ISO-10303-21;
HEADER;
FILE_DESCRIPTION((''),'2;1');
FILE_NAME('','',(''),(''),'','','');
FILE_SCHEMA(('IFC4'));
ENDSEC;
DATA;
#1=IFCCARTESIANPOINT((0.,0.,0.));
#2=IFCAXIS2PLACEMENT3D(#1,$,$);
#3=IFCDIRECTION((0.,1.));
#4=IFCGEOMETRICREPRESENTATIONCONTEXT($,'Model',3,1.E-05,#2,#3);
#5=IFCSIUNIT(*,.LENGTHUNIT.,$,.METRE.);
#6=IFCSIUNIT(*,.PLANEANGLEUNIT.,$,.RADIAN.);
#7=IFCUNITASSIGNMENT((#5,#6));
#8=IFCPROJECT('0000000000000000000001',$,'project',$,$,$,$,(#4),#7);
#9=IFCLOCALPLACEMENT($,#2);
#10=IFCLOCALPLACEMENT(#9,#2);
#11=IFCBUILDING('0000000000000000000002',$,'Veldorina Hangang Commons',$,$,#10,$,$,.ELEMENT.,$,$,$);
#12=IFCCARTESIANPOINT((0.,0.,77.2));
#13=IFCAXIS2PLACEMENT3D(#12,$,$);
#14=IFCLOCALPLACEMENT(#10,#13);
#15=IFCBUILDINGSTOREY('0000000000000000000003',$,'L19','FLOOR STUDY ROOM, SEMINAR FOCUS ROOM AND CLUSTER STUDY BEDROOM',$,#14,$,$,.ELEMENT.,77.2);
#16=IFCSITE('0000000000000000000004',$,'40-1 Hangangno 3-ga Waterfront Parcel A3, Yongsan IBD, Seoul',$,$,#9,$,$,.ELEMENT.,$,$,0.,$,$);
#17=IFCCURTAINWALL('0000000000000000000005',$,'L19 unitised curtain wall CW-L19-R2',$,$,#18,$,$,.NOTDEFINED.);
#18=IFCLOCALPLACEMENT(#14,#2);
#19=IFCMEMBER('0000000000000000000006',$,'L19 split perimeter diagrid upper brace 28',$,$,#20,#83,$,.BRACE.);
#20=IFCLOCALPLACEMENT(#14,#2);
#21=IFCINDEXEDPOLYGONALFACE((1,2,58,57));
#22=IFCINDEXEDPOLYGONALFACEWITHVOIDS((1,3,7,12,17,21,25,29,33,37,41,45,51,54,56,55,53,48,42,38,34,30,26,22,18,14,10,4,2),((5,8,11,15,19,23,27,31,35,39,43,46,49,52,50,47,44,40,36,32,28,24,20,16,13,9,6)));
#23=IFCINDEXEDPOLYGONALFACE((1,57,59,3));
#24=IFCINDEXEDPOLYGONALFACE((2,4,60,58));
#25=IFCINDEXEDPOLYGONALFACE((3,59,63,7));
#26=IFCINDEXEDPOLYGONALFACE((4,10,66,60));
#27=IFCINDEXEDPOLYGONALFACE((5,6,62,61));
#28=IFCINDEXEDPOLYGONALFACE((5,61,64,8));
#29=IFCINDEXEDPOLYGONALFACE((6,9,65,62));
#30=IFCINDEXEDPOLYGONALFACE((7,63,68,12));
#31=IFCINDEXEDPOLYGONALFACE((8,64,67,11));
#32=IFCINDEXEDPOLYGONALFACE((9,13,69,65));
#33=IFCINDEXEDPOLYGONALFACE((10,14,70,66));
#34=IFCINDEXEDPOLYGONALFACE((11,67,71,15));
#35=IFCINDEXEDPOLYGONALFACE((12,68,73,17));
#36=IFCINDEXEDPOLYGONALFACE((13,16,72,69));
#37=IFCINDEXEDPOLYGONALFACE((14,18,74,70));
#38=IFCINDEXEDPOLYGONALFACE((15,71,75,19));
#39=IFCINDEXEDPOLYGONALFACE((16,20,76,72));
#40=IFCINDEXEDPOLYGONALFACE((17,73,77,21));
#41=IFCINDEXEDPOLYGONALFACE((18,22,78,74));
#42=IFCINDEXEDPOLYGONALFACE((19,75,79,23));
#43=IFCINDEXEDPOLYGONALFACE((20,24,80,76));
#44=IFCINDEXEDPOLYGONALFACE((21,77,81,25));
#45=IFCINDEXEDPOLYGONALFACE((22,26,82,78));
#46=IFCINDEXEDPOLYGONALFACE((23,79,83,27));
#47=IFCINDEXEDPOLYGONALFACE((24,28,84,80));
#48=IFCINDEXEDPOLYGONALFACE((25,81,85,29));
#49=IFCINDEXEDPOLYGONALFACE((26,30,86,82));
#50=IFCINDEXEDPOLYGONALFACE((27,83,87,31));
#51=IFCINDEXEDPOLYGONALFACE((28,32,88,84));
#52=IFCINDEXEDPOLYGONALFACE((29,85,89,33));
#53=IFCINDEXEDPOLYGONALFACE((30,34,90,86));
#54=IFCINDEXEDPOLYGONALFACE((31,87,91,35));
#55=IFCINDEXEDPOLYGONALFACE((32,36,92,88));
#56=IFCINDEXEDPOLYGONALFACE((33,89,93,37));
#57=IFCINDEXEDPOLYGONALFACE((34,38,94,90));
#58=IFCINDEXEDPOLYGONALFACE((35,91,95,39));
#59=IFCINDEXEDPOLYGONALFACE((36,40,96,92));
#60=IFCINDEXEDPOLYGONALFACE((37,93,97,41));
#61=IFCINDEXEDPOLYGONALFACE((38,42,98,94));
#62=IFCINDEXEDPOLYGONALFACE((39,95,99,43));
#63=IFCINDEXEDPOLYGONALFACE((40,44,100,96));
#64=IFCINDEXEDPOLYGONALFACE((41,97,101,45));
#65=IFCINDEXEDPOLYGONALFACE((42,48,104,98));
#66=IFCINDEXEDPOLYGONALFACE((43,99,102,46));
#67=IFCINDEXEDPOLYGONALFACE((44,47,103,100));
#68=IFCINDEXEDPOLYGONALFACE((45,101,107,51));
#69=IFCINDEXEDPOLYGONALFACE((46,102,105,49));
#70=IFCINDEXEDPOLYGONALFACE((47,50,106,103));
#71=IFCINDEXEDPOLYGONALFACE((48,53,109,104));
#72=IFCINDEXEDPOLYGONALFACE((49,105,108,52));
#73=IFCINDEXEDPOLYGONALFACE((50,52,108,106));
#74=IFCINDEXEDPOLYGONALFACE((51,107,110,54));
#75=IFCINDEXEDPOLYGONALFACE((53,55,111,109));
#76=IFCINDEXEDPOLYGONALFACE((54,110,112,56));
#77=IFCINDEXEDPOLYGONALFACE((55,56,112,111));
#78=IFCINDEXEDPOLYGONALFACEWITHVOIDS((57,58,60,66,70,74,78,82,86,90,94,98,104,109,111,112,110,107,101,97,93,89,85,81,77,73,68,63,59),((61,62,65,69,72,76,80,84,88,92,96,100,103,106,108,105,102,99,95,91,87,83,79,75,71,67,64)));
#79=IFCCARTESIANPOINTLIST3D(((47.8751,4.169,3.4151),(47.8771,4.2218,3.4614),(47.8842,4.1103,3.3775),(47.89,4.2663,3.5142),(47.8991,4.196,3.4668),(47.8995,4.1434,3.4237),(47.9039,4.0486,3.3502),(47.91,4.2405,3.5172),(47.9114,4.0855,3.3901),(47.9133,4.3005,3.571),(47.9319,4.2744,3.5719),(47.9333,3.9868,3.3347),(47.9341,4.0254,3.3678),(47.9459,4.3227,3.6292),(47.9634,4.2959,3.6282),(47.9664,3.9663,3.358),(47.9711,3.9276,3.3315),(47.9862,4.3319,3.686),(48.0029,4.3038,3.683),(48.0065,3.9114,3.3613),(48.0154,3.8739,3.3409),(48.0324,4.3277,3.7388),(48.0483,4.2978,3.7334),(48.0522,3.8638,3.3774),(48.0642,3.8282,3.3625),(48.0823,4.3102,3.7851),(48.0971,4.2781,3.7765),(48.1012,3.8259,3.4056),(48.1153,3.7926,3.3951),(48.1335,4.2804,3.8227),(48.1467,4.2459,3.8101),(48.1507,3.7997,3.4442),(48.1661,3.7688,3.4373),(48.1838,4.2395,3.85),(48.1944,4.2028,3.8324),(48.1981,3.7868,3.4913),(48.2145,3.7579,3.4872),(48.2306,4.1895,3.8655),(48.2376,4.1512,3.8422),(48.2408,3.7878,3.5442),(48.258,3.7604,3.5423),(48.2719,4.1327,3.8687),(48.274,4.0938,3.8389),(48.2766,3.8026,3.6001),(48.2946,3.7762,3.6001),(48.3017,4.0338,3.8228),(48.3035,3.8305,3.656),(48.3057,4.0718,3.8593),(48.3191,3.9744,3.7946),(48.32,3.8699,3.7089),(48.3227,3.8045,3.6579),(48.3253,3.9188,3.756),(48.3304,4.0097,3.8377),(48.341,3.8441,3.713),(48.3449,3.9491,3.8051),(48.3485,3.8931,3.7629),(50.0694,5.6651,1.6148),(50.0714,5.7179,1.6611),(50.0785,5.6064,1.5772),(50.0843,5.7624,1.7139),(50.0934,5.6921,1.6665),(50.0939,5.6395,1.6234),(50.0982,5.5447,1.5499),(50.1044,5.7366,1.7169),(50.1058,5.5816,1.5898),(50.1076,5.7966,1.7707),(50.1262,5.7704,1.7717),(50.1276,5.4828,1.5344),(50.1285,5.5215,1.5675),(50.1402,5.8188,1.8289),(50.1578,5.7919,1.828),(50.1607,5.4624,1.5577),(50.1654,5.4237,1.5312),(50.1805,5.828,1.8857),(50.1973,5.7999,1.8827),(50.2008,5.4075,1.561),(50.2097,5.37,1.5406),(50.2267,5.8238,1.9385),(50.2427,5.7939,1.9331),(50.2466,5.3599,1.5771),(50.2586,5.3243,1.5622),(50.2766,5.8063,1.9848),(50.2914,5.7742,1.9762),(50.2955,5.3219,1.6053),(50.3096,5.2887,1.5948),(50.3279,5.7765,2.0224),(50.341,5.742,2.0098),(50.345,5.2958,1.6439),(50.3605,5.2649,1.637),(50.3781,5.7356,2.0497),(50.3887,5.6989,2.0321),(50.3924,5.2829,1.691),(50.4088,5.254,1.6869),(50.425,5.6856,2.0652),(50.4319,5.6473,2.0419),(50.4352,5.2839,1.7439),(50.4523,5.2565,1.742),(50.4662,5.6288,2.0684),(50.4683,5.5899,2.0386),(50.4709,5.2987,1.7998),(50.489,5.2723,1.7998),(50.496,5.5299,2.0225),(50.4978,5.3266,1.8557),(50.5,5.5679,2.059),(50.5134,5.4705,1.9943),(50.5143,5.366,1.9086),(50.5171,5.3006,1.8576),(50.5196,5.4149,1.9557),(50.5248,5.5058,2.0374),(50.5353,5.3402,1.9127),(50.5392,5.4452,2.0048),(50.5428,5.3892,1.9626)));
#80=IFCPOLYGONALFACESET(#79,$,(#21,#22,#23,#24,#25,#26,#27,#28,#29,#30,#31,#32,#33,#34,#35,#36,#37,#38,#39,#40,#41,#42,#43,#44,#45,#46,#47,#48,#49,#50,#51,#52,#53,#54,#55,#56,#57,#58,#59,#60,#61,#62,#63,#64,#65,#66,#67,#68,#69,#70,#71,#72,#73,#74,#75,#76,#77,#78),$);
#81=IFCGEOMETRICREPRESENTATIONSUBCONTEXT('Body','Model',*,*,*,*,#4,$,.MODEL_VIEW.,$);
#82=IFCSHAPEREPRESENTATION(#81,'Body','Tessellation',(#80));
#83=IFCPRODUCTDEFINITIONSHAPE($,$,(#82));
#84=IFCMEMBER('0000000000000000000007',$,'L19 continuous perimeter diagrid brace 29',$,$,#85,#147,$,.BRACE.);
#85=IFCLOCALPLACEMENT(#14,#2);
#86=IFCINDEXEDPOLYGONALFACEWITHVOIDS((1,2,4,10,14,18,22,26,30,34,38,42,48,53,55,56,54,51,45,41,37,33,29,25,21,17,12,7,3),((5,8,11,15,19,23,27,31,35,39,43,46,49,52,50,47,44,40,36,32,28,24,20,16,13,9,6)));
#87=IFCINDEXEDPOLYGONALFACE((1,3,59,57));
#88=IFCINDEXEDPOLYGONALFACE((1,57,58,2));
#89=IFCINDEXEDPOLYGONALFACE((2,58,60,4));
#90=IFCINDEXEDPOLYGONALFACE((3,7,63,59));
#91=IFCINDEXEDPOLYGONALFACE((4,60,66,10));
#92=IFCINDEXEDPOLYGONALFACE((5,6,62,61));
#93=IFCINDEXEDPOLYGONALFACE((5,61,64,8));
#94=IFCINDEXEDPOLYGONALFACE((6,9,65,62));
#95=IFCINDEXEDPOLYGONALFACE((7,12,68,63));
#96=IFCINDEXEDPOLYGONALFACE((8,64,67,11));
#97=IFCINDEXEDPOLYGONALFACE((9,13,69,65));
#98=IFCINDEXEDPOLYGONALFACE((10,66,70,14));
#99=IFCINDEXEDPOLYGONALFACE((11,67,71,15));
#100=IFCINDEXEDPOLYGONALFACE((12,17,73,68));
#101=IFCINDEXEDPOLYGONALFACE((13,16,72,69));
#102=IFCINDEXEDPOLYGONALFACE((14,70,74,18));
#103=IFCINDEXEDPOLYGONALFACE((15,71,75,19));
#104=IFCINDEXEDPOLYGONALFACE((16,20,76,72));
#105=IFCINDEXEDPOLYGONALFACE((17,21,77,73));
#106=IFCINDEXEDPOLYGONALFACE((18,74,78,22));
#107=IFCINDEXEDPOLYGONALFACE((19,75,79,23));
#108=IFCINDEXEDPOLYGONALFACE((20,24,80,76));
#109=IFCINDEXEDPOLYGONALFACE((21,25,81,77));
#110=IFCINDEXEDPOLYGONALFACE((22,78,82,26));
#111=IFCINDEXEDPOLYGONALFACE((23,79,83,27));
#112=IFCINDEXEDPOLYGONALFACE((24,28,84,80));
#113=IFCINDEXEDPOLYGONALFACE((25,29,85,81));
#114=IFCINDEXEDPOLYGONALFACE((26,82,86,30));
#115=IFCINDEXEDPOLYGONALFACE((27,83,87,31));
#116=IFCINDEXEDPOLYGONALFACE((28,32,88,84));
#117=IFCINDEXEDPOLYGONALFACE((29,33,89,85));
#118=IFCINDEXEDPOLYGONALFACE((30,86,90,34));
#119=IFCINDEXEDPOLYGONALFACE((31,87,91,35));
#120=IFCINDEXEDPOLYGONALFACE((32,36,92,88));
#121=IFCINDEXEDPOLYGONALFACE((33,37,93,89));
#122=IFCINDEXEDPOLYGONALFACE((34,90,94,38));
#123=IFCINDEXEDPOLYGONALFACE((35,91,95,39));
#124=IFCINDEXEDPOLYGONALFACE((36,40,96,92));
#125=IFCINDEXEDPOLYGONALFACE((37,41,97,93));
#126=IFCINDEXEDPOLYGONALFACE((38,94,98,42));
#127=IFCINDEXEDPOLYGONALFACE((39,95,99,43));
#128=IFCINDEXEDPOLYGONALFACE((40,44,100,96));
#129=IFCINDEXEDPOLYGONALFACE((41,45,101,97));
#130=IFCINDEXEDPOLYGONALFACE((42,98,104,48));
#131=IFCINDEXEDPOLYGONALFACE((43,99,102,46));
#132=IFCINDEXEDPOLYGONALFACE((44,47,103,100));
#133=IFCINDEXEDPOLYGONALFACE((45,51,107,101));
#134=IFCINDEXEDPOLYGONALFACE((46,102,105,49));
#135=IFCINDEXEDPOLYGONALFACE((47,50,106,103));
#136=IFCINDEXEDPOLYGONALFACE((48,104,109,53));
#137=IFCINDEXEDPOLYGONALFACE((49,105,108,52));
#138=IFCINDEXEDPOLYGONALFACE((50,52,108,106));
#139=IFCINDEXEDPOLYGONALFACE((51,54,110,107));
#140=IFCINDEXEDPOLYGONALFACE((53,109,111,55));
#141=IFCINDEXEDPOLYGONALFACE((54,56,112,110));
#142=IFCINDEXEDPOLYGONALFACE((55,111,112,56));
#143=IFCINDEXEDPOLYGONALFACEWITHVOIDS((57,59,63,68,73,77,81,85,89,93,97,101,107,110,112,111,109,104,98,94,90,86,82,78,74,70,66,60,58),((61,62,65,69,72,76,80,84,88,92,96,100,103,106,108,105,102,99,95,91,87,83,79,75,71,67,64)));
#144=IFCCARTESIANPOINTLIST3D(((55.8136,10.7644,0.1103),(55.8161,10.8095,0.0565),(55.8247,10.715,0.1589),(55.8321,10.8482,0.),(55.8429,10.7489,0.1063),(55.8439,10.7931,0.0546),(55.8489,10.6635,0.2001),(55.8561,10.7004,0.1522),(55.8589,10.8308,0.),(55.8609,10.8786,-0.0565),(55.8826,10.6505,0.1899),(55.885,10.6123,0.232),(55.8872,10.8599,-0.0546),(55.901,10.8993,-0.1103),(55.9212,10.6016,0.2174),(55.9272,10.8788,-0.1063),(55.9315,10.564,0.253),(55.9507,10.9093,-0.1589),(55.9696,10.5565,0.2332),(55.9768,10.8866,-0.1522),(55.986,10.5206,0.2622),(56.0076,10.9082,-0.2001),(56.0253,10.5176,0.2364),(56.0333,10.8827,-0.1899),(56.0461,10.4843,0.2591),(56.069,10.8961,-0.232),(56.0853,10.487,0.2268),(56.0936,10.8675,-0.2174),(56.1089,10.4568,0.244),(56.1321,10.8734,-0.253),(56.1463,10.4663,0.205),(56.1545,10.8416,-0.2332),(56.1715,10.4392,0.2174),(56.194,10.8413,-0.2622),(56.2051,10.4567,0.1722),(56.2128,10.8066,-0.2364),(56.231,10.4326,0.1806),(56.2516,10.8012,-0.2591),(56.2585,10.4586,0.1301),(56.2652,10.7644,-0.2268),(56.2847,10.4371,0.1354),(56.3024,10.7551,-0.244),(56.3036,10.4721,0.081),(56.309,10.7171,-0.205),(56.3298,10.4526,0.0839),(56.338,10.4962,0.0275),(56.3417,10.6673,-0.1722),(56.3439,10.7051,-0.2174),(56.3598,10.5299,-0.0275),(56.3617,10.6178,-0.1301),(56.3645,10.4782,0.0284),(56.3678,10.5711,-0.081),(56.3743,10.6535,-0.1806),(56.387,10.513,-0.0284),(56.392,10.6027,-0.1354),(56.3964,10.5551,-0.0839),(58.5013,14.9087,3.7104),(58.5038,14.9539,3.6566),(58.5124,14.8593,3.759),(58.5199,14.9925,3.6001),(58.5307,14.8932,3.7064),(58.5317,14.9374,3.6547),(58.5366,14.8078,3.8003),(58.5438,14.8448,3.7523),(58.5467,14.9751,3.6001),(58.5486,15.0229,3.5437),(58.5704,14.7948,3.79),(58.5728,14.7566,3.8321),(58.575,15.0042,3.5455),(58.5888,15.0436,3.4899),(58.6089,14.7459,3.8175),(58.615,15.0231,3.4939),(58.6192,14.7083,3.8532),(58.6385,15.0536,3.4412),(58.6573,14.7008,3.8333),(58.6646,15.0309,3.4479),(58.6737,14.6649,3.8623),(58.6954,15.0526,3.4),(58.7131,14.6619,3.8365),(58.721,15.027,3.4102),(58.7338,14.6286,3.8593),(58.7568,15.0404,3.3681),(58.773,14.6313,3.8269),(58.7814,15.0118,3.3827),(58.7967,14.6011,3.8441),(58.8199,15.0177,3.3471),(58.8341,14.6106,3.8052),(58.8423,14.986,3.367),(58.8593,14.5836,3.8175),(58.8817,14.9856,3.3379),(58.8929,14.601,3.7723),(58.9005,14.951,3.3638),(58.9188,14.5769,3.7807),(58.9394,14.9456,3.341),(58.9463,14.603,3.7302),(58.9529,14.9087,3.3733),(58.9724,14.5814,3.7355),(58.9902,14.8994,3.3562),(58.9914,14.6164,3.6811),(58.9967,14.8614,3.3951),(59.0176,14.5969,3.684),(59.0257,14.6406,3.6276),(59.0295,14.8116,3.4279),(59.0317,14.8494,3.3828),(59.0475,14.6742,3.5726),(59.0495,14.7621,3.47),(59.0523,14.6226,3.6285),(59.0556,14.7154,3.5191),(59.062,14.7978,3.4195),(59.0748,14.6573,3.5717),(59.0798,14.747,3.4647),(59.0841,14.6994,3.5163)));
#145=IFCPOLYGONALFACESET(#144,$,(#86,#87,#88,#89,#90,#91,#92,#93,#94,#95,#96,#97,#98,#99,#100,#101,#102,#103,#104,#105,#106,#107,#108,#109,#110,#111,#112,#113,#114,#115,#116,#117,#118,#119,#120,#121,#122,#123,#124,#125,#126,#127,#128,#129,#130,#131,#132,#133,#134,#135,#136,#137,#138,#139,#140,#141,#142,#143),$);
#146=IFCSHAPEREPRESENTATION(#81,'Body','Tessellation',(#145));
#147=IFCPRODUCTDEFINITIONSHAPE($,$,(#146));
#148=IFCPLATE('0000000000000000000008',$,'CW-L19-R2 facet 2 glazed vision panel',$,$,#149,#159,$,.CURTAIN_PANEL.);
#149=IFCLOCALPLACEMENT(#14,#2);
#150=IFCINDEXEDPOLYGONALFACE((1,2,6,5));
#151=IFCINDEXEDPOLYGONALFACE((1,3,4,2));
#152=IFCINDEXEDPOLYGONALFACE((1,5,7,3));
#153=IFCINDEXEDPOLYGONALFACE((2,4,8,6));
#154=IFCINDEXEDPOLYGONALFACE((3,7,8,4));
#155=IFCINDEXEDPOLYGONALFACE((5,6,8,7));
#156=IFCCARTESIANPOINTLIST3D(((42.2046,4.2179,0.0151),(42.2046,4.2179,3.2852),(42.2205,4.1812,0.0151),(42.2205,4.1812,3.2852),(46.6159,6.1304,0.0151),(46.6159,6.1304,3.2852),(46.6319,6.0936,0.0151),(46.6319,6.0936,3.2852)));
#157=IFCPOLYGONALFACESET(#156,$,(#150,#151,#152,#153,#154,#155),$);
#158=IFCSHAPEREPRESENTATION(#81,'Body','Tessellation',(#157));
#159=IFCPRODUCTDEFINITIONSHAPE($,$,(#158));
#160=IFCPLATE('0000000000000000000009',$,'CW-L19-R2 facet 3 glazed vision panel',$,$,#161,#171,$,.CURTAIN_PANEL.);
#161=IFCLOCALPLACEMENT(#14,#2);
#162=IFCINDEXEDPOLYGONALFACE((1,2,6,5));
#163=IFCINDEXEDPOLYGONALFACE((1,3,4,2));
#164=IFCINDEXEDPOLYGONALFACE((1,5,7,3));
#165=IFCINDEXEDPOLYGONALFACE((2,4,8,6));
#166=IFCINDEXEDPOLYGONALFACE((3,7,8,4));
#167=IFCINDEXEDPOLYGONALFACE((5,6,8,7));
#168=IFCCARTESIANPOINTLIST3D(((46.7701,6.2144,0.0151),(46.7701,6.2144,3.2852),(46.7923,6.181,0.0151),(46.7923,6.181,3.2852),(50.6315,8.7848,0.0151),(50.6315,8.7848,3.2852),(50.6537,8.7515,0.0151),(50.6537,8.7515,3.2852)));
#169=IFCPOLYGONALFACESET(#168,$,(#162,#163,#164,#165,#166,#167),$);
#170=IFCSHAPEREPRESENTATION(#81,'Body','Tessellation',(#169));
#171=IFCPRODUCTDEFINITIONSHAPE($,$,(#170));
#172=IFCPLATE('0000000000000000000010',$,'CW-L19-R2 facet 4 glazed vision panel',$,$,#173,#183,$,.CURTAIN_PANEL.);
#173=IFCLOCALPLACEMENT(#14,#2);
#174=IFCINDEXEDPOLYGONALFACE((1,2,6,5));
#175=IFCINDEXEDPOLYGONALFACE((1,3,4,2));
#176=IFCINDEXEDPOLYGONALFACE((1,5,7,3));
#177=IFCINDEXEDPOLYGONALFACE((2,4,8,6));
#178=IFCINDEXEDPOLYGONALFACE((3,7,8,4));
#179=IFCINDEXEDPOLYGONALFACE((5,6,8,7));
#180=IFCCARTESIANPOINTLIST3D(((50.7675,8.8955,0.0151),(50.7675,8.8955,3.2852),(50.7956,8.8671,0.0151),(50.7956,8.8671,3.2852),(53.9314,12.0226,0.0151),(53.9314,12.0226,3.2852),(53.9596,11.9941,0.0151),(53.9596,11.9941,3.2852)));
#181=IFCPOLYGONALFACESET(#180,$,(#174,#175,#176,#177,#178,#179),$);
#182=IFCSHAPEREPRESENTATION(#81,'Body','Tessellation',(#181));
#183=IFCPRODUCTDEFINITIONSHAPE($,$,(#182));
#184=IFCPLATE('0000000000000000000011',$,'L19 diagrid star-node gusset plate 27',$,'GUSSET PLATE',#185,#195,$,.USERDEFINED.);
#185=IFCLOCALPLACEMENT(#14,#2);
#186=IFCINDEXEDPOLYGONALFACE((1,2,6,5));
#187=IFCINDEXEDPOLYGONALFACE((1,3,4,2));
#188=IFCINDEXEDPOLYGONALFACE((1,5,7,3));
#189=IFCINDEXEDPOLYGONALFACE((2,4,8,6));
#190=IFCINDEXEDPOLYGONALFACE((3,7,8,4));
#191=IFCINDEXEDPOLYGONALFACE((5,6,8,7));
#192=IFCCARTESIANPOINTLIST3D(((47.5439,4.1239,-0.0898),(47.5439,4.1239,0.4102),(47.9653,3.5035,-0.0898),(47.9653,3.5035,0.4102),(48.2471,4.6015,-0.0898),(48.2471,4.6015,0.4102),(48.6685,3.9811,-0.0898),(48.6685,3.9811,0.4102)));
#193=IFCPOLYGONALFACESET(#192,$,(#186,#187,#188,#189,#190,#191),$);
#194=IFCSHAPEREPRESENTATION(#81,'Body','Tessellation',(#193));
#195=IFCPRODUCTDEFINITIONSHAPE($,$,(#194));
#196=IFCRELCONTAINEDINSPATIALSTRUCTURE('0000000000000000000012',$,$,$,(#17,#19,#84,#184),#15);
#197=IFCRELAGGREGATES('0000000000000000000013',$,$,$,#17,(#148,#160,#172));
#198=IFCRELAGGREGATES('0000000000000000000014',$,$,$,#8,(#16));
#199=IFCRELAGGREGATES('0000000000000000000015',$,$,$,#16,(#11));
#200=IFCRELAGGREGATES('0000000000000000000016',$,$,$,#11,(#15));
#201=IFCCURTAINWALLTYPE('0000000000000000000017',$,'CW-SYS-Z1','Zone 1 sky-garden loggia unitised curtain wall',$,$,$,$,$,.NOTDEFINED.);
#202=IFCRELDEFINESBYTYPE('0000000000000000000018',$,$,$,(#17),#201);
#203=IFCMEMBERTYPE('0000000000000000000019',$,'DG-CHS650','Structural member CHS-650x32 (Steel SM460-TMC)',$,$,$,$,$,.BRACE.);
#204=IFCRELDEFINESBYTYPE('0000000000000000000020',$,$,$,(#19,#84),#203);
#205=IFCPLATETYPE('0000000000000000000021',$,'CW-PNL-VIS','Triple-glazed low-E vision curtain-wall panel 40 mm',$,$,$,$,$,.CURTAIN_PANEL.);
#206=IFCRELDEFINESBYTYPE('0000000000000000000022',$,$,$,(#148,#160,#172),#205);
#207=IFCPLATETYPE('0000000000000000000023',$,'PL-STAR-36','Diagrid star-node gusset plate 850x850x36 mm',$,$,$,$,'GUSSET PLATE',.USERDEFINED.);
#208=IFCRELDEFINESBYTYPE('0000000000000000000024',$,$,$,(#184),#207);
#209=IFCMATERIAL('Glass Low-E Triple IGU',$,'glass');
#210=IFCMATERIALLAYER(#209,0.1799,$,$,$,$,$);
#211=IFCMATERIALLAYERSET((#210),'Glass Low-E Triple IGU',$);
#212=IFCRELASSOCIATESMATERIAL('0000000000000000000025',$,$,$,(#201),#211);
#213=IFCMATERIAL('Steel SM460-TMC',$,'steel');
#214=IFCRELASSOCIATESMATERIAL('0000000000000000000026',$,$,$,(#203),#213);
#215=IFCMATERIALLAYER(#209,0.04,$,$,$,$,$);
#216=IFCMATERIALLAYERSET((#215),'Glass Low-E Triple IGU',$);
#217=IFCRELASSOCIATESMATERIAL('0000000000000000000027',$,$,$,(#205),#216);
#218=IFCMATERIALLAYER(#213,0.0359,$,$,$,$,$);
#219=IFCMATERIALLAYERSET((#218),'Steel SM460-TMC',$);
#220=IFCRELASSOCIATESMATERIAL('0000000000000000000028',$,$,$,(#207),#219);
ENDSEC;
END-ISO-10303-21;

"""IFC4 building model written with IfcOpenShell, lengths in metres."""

from ifc_helpers import new_model, si_unit, direction, frame, origin, origin_2d, place, context, subcontext, project, spatial, rectangle, hollow_circle, extrude, material, layer, layer_set, material_profile, profile_set, type_object, element, aggregate, save


model = new_model("IFC4")

# Units and contexts
model_context = context("Model", 3, precision=1e-05, world=origin(), true_north=direction((0.0, 1.0)))
body_context = subcontext(model_context, "Body", "Model", "MODEL_VIEW")
ifc_project = project(units=[si_unit("LENGTHUNIT", "METRE"), si_unit("PLANEANGLEUNIT", "RADIAN")], contexts=[model_context])

# Site, building, storey
site_placement = place(None, origin())
site = spatial("IfcSite", under=ifc_project, at=site_placement, Name="40-1 Hangangno 3-ga Waterfront Parcel A3, Yongsan IBD, Seoul", CompositionType="ELEMENT", RefElevation=0.0)
building_placement = place(site_placement, origin())
building = spatial("IfcBuilding", under=site, at=building_placement, Name="Veldorina Hangang Commons", CompositionType="ELEMENT")
storey_placement = place(building_placement, frame((0.0, 0.0, 77.2)))
storey = spatial("IfcBuildingStorey", under=building, at=storey_placement, Name="L19", Description="FLOOR STUDY ROOM, SEMINAR FOCUS ROOM AND CLUSTER STUDY BEDROOM", CompositionType="ELEMENT", Elevation=77.2)

# Curtain wall
ifc_material_1 = material(Name="Glass Low-E Triple IGU", Category="glass")
ifc_layer_1 = layer(ifc_material_1, 0.1799)
ifc_layer_set_1 = layer_set([ifc_layer_1], Name="Glass Low-E Triple IGU")
curtain_wall_type = type_object("IfcCurtainWallType", Name="CW-SYS-Z1", Description="Zone 1 sky-garden loggia unitised curtain wall", PredefinedType="NOTDEFINED", material=ifc_layer_set_1)
curtain_wall_placement = place(storey_placement, origin())
curtain_wall = element("IfcCurtainWall", 1, at=curtain_wall_placement, inside=storey, type_object=curtain_wall_type, Name="L19 unitised curtain wall CW-L19-R2", PredefinedType="NOTDEFINED")

# Members
ifc_material_2 = material(Name="Steel SM460-TMC", Category="steel")
ifc_material_profile_1 = material_profile(ifc_material_2, hollow_circle(Radius=0.325, WallThickness=0.032, at=origin_2d()), Name="CHS-650x32")
ifc_profile_set_1 = profile_set([ifc_material_profile_1], Name="Steel SM460-TMC")
member_type_1 = type_object("IfcMemberType", Name="DG-CHS650", Description="Structural member CHS-650x32 (Steel SM460-TMC)", PredefinedType="BRACE", material=ifc_profile_set_1)
member_1_placement = place(storey_placement, frame((50.3059, 5.5408, 1.7998), z_axis=(-0.683914, -0.466291, 0.561101), x_axis=(0.563325, -0.826235, 0.0)))
element("IfcMember", 2, at=member_1_placement, inside=storey, type_object=member_type_1, Name="L19 split perimeter diagrid upper brace 28", PredefinedType="BRACE", context=body_context, shape_type="SweptSolid", body=[
    extrude(hollow_circle(Radius=0.325, WallThickness=0.032, at=origin_2d()), origin(), (0.0, 0.0, 1.0), 3.2085),
])
member_2_placement = place(storey_placement, frame((56.1047, 10.6714, 0.0), z_axis=(0.43973, 0.678028, 0.588996), x_axis=(-0.839002, 0.544128, 0.0)))
element("IfcMember", 3, at=member_2_placement, inside=storey, type_object=member_type_1, Name="L19 continuous perimeter diagrid brace 29", PredefinedType="BRACE", context=body_context, shape_type="SweptSolid", body=[
    extrude(hollow_circle(Radius=0.325, WallThickness=0.032, at=origin_2d()), origin(), (0.0, 0.0, 1.0), 6.1123),
])

# Plates
ifc_layer_2 = layer(ifc_material_1, 0.04)
ifc_layer_set_2 = layer_set([ifc_layer_2], Name="Glass Low-E Triple IGU")
plate_type_1 = type_object("IfcPlateType", Name="CW-PNL-VIS", Description="Triple-glazed low-E vision curtain-wall panel 40 mm", PredefinedType="CURTAIN_PANEL", material=ifc_layer_set_2)
plate_1_placement = place(storey_placement, frame((44.4182, 5.1558, 0.0151), z_axis=(0.0, 0.0, 1.0), x_axis=(0.917491, 0.397756, 0.0)))
plate_1 = element("IfcPlate", 4, at=plate_1_placement, type_object=plate_type_1, Name="CW-L19-R2 facet 2 glazed vision panel", PredefinedType="CURTAIN_PANEL", context=body_context, shape_type="SweptSolid", body=[
    extrude(rectangle(XDim=4.8081, YDim=0.04, at=origin_2d()), origin(), (0.0, 0.0, 1.0), 3.27),
])
plate_2_placement = place(storey_placement, frame((48.7119, 7.4829, 0.0151), z_axis=(0.0, 0.0, 1.0), x_axis=(0.832428, 0.554133, 0.0)))
plate_2 = element("IfcPlate", 5, at=plate_2_placement, type_object=plate_type_1, Name="CW-L19-R2 facet 3 glazed vision panel", PredefinedType="CURTAIN_PANEL", context=body_context, shape_type="SweptSolid", body=[
    extrude(rectangle(XDim=4.6387, YDim=0.04, at=origin_2d()), origin(), (0.0, 0.0, 1.0), 3.27),
])
plate_3_placement = place(storey_placement, frame((52.3635, 10.4448, 0.0151), z_axis=(0.0, 0.0, 1.0), x_axis=(0.711241, 0.702948, 0.0)))
plate_3 = element("IfcPlate", 6, at=plate_3_placement, type_object=plate_type_1, Name="CW-L19-R2 facet 4 glazed vision panel", PredefinedType="CURTAIN_PANEL", context=body_context, shape_type="SweptSolid", body=[
    extrude(rectangle(XDim=4.4485, YDim=0.04, at=origin_2d()), origin(), (0.0, 0.0, 1.0), 3.27),
])
aggregate(curtain_wall, [plate_1, plate_2, plate_3])

# Plate
ifc_layer_3 = layer(ifc_material_2, 0.0359)
ifc_layer_set_3 = layer_set([ifc_layer_3], Name="Steel SM460-TMC")
plate_type_2 = type_object("IfcPlateType", Name="PL-STAR-36", Description="Diagrid star-node gusset plate 850x850x36 mm", ElementType="GUSSET PLATE", PredefinedType="USERDEFINED", material=ifc_layer_set_3)
plate_4_placement = place(storey_placement, frame((48.1062, 4.0525, -0.0898), z_axis=(0.0, 0.0, 1.0), x_axis=(0.827247, 0.561838, 0.0)))
element("IfcPlate", 7, at=plate_4_placement, inside=storey, type_object=plate_type_2, Name="L19 diagrid star-node gusset plate 27", ObjectType="GUSSET PLATE", PredefinedType="USERDEFINED", context=body_context, shape_type="SweptSolid", body=[
    extrude(rectangle(XDim=0.8501, YDim=0.75, at=origin_2d()), origin(), (0.0, 0.0, 1.0), 0.5),
])

save(model, "model.ifc")
